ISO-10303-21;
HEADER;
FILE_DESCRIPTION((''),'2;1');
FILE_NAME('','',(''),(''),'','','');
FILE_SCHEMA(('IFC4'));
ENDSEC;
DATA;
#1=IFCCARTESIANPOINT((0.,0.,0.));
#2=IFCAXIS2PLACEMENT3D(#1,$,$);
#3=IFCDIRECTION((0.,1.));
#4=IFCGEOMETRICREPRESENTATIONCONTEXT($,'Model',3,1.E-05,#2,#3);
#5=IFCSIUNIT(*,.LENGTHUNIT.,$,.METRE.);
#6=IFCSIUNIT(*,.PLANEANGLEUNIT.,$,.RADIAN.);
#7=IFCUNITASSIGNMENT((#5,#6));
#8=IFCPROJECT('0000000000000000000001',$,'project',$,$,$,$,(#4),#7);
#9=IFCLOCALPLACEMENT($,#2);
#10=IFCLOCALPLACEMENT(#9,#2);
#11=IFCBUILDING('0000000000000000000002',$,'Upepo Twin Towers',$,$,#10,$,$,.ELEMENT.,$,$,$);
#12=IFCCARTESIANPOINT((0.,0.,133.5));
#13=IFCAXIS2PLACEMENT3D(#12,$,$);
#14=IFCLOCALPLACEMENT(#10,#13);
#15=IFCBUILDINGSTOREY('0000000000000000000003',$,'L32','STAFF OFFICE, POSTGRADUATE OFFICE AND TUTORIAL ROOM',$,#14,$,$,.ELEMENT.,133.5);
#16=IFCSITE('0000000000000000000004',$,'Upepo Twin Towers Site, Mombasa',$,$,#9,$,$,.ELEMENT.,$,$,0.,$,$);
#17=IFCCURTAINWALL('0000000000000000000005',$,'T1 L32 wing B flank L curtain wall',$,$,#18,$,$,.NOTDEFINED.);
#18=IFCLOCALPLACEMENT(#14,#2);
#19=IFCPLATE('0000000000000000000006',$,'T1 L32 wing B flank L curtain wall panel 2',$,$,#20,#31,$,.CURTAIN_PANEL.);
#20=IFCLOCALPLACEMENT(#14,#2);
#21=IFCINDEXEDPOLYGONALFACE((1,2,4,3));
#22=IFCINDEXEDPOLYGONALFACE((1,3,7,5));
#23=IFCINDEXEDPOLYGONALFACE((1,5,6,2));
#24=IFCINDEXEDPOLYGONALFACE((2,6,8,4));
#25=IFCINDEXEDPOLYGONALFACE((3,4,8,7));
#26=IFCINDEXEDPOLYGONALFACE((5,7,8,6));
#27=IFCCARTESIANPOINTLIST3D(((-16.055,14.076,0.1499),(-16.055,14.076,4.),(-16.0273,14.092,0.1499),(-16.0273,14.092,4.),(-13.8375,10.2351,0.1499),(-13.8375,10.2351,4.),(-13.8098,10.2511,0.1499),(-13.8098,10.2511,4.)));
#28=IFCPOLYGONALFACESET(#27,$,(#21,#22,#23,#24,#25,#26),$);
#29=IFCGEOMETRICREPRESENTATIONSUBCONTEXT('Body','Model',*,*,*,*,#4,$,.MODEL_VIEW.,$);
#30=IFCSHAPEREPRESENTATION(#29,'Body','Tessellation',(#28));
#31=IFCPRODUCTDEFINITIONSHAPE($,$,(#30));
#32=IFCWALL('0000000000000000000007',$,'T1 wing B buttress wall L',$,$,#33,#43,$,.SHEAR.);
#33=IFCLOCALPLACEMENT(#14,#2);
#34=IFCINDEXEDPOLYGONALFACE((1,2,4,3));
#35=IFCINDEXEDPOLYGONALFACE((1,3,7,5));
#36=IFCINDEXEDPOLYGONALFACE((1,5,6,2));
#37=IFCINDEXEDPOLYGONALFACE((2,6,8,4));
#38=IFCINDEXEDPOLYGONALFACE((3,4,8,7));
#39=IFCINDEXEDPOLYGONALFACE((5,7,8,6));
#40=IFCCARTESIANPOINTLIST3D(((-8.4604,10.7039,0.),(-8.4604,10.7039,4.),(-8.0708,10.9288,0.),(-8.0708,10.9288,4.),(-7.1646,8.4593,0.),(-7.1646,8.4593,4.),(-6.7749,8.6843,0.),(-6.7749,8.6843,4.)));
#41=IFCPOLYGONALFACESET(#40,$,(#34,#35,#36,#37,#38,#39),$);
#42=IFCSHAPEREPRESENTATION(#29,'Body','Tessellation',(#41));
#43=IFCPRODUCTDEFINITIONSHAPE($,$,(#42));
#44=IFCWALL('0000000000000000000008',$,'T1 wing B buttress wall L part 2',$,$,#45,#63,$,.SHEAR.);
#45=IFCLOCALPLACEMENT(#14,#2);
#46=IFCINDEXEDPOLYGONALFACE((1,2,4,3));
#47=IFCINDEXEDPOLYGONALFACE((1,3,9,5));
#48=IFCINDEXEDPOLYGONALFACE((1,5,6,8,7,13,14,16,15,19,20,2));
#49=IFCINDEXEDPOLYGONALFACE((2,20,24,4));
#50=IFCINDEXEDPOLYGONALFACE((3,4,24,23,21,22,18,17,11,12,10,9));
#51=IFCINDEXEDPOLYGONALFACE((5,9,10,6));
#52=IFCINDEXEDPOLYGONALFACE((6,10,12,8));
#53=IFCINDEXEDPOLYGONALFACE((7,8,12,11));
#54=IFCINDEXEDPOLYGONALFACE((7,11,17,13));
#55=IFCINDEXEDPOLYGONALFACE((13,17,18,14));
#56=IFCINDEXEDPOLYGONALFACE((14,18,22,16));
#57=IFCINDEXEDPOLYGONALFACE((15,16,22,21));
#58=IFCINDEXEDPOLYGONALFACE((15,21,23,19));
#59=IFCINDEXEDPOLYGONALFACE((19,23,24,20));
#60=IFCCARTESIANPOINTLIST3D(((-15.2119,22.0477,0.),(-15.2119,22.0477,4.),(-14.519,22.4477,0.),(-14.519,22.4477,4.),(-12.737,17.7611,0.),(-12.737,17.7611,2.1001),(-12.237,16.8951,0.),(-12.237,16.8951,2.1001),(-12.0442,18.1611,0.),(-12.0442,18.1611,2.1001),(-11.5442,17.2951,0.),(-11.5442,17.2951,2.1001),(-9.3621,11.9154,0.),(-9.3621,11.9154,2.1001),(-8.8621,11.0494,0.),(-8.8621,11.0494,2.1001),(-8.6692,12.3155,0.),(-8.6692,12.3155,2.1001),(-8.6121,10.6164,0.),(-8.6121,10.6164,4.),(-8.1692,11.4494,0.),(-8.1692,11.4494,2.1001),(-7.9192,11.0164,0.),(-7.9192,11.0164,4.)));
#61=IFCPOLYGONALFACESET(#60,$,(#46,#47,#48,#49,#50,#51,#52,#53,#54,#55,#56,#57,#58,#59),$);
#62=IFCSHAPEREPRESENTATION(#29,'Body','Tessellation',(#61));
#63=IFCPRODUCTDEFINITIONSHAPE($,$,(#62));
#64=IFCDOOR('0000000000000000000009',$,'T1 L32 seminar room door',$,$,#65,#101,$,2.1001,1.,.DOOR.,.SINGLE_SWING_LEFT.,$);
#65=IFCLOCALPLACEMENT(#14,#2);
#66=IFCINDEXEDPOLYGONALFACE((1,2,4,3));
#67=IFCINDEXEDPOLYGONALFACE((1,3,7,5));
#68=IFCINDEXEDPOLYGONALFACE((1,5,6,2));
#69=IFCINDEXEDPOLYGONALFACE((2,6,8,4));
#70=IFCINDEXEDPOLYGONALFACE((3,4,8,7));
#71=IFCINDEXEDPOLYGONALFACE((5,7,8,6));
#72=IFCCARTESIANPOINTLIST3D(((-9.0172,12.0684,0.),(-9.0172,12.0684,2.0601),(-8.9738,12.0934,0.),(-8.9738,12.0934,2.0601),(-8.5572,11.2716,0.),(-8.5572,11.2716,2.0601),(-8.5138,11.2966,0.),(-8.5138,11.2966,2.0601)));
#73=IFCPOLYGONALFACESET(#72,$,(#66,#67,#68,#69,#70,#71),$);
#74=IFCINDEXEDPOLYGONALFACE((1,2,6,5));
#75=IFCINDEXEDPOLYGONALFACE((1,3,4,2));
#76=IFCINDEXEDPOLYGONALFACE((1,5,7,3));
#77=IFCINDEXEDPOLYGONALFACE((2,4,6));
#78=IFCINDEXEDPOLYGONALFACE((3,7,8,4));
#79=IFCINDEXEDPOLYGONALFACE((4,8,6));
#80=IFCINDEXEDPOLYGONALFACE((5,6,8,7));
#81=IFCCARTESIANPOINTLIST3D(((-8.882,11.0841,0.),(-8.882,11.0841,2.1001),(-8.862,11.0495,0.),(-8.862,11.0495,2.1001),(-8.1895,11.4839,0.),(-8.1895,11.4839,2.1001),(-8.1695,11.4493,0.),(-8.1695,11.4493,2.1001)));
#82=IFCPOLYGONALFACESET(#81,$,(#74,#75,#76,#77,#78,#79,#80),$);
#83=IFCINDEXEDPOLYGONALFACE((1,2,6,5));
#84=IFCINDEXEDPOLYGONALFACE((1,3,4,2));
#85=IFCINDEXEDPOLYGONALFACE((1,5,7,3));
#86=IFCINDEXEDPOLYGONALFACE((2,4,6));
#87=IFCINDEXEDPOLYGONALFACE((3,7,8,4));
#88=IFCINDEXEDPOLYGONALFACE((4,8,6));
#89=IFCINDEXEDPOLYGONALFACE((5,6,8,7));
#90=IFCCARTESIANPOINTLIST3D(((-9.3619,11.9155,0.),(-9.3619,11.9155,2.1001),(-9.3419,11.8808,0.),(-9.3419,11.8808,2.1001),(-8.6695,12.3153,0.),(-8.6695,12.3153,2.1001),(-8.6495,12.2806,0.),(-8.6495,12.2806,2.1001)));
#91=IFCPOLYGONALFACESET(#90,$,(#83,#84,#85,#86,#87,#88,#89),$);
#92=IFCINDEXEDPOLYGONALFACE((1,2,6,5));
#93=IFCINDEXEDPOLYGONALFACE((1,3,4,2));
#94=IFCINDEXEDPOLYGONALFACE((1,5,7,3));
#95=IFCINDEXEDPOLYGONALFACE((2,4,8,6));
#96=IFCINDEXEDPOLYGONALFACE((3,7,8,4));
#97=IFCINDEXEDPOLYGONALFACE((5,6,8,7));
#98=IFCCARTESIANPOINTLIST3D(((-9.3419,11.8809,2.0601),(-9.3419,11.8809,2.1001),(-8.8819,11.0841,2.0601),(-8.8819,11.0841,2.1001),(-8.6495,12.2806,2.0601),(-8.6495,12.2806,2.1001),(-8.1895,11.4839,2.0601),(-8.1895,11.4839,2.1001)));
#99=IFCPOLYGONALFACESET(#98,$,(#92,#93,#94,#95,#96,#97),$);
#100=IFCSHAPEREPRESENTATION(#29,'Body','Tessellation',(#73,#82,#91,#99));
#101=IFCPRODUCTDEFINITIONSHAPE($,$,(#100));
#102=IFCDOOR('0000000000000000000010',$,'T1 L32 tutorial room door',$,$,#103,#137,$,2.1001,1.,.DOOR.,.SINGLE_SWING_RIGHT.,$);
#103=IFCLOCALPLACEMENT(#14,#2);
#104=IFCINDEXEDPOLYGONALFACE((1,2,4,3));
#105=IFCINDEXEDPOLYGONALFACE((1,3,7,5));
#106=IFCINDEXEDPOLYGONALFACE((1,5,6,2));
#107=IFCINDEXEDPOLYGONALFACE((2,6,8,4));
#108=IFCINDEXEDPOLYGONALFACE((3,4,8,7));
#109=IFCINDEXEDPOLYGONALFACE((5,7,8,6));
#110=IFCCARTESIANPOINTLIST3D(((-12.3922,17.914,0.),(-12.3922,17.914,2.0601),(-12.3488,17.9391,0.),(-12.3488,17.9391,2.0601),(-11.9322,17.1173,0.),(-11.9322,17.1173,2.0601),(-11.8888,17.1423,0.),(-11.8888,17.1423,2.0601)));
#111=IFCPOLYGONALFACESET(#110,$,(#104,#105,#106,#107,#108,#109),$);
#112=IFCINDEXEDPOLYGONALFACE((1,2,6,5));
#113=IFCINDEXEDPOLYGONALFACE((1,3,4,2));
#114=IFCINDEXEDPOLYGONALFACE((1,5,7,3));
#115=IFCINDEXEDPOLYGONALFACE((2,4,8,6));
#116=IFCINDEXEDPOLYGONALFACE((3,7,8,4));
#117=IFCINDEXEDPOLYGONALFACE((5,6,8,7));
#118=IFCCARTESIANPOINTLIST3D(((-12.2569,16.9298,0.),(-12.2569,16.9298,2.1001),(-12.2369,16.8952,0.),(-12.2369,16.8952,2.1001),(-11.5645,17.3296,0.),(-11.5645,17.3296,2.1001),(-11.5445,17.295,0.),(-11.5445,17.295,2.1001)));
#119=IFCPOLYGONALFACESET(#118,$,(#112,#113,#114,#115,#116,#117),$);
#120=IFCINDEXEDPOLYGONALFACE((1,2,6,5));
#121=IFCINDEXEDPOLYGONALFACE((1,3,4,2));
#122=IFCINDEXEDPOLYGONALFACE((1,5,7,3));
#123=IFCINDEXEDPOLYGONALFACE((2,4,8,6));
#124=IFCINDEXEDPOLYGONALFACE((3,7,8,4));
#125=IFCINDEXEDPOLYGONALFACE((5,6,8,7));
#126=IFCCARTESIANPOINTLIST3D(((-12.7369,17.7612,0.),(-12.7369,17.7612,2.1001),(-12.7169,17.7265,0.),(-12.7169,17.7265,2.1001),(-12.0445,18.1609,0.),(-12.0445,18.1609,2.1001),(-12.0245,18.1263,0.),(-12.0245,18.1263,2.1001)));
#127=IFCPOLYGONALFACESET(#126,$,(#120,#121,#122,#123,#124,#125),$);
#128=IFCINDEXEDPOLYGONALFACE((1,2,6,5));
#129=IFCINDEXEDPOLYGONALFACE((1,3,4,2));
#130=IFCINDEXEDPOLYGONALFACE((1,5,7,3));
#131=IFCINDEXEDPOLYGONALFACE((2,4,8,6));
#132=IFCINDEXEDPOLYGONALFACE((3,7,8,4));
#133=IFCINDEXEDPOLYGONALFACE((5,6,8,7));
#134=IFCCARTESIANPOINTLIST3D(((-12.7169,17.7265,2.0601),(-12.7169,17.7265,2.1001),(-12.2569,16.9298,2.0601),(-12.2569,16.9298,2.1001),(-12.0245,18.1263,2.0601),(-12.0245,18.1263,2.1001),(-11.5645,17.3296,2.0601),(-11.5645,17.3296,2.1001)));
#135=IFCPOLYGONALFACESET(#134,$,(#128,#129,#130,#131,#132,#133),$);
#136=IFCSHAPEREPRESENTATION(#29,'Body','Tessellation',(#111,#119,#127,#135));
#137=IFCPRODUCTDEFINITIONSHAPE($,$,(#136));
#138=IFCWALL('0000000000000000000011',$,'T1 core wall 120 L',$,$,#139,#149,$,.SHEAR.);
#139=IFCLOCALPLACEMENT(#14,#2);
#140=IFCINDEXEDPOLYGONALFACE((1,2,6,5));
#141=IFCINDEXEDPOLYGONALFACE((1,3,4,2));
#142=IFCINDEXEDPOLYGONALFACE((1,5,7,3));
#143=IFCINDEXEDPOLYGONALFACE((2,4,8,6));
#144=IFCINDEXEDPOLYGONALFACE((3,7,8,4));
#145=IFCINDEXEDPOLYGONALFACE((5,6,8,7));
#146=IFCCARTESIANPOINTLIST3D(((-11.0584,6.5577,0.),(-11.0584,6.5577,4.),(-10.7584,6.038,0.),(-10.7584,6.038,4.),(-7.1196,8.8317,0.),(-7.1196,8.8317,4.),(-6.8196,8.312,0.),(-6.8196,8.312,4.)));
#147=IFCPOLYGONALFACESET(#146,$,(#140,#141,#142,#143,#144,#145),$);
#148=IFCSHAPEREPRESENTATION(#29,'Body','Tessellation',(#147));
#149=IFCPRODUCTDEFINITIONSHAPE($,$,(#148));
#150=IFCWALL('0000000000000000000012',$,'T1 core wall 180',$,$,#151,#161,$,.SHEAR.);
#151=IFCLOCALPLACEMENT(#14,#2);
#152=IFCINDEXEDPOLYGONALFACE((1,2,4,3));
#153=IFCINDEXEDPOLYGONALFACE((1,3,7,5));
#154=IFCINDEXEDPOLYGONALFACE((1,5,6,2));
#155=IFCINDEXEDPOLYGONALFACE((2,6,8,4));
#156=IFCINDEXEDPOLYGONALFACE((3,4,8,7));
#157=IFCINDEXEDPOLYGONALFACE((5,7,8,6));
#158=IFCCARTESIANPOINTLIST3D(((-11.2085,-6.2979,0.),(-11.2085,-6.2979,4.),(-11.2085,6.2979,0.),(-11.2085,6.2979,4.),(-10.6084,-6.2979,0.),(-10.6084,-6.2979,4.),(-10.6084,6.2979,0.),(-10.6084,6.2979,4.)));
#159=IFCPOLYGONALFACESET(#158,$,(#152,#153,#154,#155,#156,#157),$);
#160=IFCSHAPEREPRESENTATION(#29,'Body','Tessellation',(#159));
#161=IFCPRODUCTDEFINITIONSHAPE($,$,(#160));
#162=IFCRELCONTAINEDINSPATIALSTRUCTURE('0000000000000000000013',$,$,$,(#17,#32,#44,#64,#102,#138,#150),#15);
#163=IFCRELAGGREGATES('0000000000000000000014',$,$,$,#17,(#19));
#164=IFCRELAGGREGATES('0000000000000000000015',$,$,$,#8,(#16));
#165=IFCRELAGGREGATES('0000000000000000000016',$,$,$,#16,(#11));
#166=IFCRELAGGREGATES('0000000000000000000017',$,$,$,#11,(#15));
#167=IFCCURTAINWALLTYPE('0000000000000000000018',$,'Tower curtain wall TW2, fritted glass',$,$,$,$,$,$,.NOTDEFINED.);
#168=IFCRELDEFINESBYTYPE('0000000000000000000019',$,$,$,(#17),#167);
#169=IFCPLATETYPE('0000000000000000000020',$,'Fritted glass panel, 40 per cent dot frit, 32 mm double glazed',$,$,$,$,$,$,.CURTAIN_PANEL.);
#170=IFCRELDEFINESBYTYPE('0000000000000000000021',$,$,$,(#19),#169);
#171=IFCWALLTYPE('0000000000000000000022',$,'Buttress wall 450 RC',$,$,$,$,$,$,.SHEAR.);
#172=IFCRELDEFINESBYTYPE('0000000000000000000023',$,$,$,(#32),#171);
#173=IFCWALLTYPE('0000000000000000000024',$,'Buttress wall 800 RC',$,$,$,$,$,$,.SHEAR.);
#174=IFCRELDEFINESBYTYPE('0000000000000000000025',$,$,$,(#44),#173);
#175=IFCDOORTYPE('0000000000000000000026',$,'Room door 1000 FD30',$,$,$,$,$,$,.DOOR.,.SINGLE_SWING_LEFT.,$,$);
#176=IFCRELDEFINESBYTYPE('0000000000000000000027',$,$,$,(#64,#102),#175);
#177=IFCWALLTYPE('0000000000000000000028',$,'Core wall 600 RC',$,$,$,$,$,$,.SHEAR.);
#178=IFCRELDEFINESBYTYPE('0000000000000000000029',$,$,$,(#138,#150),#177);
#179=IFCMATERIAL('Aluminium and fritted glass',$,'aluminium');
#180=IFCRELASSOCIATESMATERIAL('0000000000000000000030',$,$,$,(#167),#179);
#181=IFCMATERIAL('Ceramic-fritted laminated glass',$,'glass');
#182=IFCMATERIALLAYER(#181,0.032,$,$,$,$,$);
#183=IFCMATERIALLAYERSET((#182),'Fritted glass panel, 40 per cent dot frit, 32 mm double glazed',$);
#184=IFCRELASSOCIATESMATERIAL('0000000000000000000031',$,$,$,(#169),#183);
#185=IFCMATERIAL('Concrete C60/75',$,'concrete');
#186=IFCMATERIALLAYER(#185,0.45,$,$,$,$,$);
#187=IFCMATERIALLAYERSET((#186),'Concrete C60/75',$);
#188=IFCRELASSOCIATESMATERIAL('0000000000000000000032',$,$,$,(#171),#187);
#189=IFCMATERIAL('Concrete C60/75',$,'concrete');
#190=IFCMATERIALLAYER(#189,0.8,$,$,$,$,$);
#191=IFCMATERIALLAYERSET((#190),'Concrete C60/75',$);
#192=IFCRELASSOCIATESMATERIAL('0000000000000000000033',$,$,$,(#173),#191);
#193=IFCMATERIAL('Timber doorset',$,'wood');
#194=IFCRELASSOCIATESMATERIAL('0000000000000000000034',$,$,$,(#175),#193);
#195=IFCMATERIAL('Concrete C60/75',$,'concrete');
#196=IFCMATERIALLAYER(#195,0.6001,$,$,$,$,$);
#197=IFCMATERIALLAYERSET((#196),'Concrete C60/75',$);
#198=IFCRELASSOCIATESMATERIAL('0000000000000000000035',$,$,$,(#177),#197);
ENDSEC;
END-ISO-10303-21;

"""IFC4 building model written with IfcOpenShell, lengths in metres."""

from ifc_helpers import new_model, si_unit, direction, frame, frame_2d, origin, origin_2d, place, context, subcontext, project, spatial, rectangle, extrude, material, layer, layer_set, type_object, element, fill, aggregate, save


model = new_model("IFC4")

# Units and contexts
model_context = context("Model", 3, precision=1e-05, world=origin(), true_north=direction((0.0, 1.0)))
body_context = subcontext(model_context, "Body", "Model", "MODEL_VIEW")
ifc_project = project(units=[si_unit("LENGTHUNIT", "METRE"), si_unit("PLANEANGLEUNIT", "RADIAN")], contexts=[model_context])

# Site, building, storey
site_placement = place(None, origin())
site = spatial("IfcSite", under=ifc_project, at=site_placement, Name="Upepo Twin Towers Site, Mombasa", CompositionType="ELEMENT", RefElevation=0.0)
building_placement = place(site_placement, origin())
building = spatial("IfcBuilding", under=site, at=building_placement, Name="Upepo Twin Towers", CompositionType="ELEMENT")
storey_placement = place(building_placement, frame((0.0, 0.0, 133.5)))
storey = spatial("IfcBuildingStorey", under=building, at=storey_placement, Name="L32", Description="STAFF OFFICE, POSTGRADUATE OFFICE AND TUTORIAL ROOM", CompositionType="ELEMENT", Elevation=133.5)

# Curtain wall, plate
ifc_material_1 = material(Name="Aluminium and fritted glass", Category="aluminium")
curtain_wall_type = type_object("IfcCurtainWallType", Name="Tower curtain wall TW2, fritted glass", PredefinedType="NOTDEFINED", material=ifc_material_1)
curtain_wall_placement = place(storey_placement, origin())
curtain_wall = element("IfcCurtainWall", 1, at=curtain_wall_placement, inside=storey, type_object=curtain_wall_type, Name="T1 L32 wing B flank L curtain wall", PredefinedType="NOTDEFINED")
ifc_material_2 = material(Name="Ceramic-fritted laminated glass", Category="glass")
ifc_layer_1 = layer(ifc_material_2, 0.032)
ifc_layer_set_1 = layer_set([ifc_layer_1], Name="Fritted glass panel, 40 per cent dot frit, 32 mm double glazed")
plate_type = type_object("IfcPlateType", Name="Fritted glass panel, 40 per cent dot frit, 32 mm double glazed", PredefinedType="CURTAIN_PANEL", material=ifc_layer_set_1)
plate_1_placement = place(storey_placement, frame((-14.9324, 12.1636, 0.1499), z_axis=(0.0, 0.0, 1.0), x_axis=(-0.5, 0.866025, 0.0)))
plate_1 = element("IfcPlate", 2, at=plate_1_placement, type_object=plate_type, Name="T1 L32 wing B flank L curtain wall panel 2", PredefinedType="CURTAIN_PANEL", context=body_context, shape_type="SweptSolid", body=[
    extrude(rectangle(XDim=4.4351, YDim=0.032, at=origin_2d()), origin(), (0.0, 0.0, 1.0), 3.8501),
])
aggregate(curtain_wall, [plate_1])

# Wall
ifc_material_3 = material(Name="Concrete C60/75", Category="concrete")
ifc_layer_2 = layer(ifc_material_3, 0.45)
ifc_layer_set_2 = layer_set([ifc_layer_2], Name="Concrete C60/75")
wall_type_1 = type_object("IfcWallType", Name="Buttress wall 450 RC", PredefinedType="SHEAR", material=ifc_layer_set_2)
wall_1_placement = place(storey_placement, frame((-6.9697, 8.5718, 0.0), z_axis=(0.0, 0.0, 1.0), x_axis=(-0.499989, 0.866032, 0.0)))
element("IfcWall", 3, at=wall_1_placement, inside=storey, type_object=wall_type_1, Name="T1 wing B buttress wall L", PredefinedType="SHEAR", context=body_context, shape_type="SweptSolid", body=[
    extrude(rectangle(XDim=2.5918, YDim=0.45, at=frame_2d((1.2959, 0.0))), origin(), (0.0, 0.0, 1.0), 4.0),
])

# Wall, openings, doors
ifc_material_4 = material(Name="Concrete C60/75", Category="concrete")
ifc_layer_3 = layer(ifc_material_4, 0.8)
ifc_layer_set_3 = layer_set([ifc_layer_3], Name="Concrete C60/75")
wall_type_2 = type_object("IfcWallType", Name="Buttress wall 800 RC", PredefinedType="SHEAR", material=ifc_layer_set_3)
wall_2_placement = place(storey_placement, frame((-8.2656, 10.8164, 0.0), z_axis=(0.0, 0.0, 1.0), x_axis=(-0.499996, 0.866028, 0.0)))
wall_2 = element("IfcWall", 4, at=wall_2_placement, inside=storey, type_object=wall_type_2, Name="T1 wing B buttress wall L part 2", PredefinedType="SHEAR", context=body_context, shape_type="SweptSolid", body=[
    extrude(rectangle(XDim=13.1997, YDim=0.8, at=frame_2d((6.5999, 0.0))), origin(), (0.0, 0.0, 1.0), 4.0),
])
opening_1_placement = place(wall_2_placement, frame((0.5, 0.0, 0.0)))
opening_1 = element("IfcOpeningElement", 5, at=opening_1_placement, cuts=wall_2, PredefinedType="OPENING", context=body_context, shape_type="SweptSolid", body=[
    extrude(rectangle(XDim=1.0, YDim=2.1001, at=frame_2d((0.5, 1.05))), frame((0.0, 0.4099, 0.0), z_axis=(0.0, -1.0, 0.0), x_axis=(1.0, 0.0, 0.0)), (0.0, 0.0, 1.0), 0.8201),
])
opening_2_placement = place(wall_2_placement, frame((7.25, 0.0, 0.0)))
opening_2 = element("IfcOpeningElement", 6, at=opening_2_placement, cuts=wall_2, PredefinedType="OPENING", context=body_context, shape_type="SweptSolid", body=[
    extrude(rectangle(XDim=1.0, YDim=2.1001, at=frame_2d((0.5, 1.05))), frame((0.0, 0.4099, 0.0), z_axis=(0.0, -1.0, 0.0), x_axis=(1.0, 0.0, 0.0)), (0.0, 0.0, 1.0), 0.8201),
])
ifc_material_5 = material(Name="Timber doorset", Category="wood")
door_type_1 = type_object("IfcDoorType", Name="Room door 1000 FD30", OperationType="SINGLE_SWING_LEFT", PredefinedType="DOOR", material=ifc_material_5)
door_1_placement = place(opening_1_placement, origin())
door_1 = element("IfcDoor", 7, at=door_1_placement, inside=storey, type_object=door_type_1, Name="T1 L32 seminar room door", OperationType="SINGLE_SWING_LEFT", OverallHeight=2.1001, OverallWidth=1.0, PredefinedType="DOOR", context=body_context, shape_type="SweptSolid", body=[
    extrude(rectangle(XDim=0.92, YDim=2.0601, at=frame_2d((0.5, 1.03))), frame((0.0, 0.0249, 0.0), z_axis=(0.0, -1.0, 0.0), x_axis=(1.0, 0.0, 0.0)), (0.0, 0.0, 1.0), 0.05),
    extrude(rectangle(XDim=0.04, YDim=2.1001, at=frame_2d((0.02, 1.05))), frame((0.0, 0.3999, 0.0), z_axis=(0.0, -1.0, 0.0), x_axis=(1.0, 0.0, 0.0)), (0.0, 0.0, 1.0), 0.7996),
    extrude(rectangle(XDim=0.04, YDim=2.1001, at=frame_2d((0.98, 1.05))), frame((0.0, 0.3999, 0.0), z_axis=(0.0, -1.0, 0.0), x_axis=(1.0, 0.0, 0.0)), (0.0, 0.0, 1.0), 0.7996),
    extrude(rectangle(XDim=0.92, YDim=0.04, at=frame_2d((0.5, 2.0801))), frame((0.0, 0.3999, 0.0), z_axis=(0.0, -1.0, 0.0), x_axis=(1.0, 0.0, 0.0)), (0.0, 0.0, 1.0), 0.7996),
])
fill(opening_1, door_1)
door_2_placement = place(opening_2_placement, origin())
door_2 = element("IfcDoor", 8, at=door_2_placement, inside=storey, type_object=door_type_1, Name="T1 L32 tutorial room door", OperationType="SINGLE_SWING_RIGHT", OverallHeight=2.1001, OverallWidth=1.0, PredefinedType="DOOR", context=body_context, shape_type="SweptSolid", body=[
    extrude(rectangle(XDim=0.92, YDim=2.0601, at=frame_2d((0.5, 1.03))), frame((0.0, 0.0249, 0.0), z_axis=(0.0, -1.0, 0.0), x_axis=(1.0, 0.0, 0.0)), (0.0, 0.0, 1.0), 0.05),
    extrude(rectangle(XDim=0.04, YDim=2.1001, at=frame_2d((0.02, 1.05))), frame((0.0, 0.3999, 0.0), z_axis=(0.0, -1.0, 0.0), x_axis=(1.0, 0.0, 0.0)), (0.0, 0.0, 1.0), 0.7996),
    extrude(rectangle(XDim=0.04, YDim=2.1001, at=frame_2d((0.98, 1.05))), frame((0.0, 0.3999, 0.0), z_axis=(0.0, -1.0, 0.0), x_axis=(1.0, 0.0, 0.0)), (0.0, 0.0, 1.0), 0.7996),
    extrude(rectangle(XDim=0.92, YDim=0.04, at=frame_2d((0.5, 2.0801))), frame((0.0, 0.3999, 0.0), z_axis=(0.0, -1.0, 0.0), x_axis=(1.0, 0.0, 0.0)), (0.0, 0.0, 1.0), 0.7996),
])
fill(opening_2, door_2)

# Walls
ifc_material_6 = material(Name="Concrete C60/75", Category="concrete")
ifc_layer_4 = layer(ifc_material_6, 0.6001)
ifc_layer_set_4 = layer_set([ifc_layer_4], Name="Concrete C60/75")
wall_type_3 = type_object("IfcWallType", Name="Core wall 600 RC", PredefinedType="SHEAR", material=ifc_layer_set_4)
wall_3_placement = place(storey_placement, frame((-6.9697, 8.5718, 0.0), z_axis=(0.0, 0.0, 1.0), x_axis=(-0.866035, -0.499984, 0.0)))
element("IfcWall", 9, at=wall_3_placement, inside=storey, type_object=wall_type_3, Name="T1 core wall 120 L", PredefinedType="SHEAR", context=body_context, shape_type="SweptSolid", body=[
    extrude(rectangle(XDim=4.5481, YDim=0.6001, at=frame_2d((2.2739, 0.0))), origin(), (0.0, 0.0, 1.0), 4.0),
])
wall_4_placement = place(storey_placement, frame((-10.9084, 6.2979, 0.0), z_axis=(0.0, 0.0, 1.0), x_axis=(0.0, -1.0, 0.0)))
element("IfcWall", 10, at=wall_4_placement, inside=storey, type_object=wall_type_3, Name="T1 core wall 180", PredefinedType="SHEAR", context=body_context, shape_type="SweptSolid", body=[
    extrude(rectangle(XDim=12.5957, YDim=0.6001, at=frame_2d((6.2979, 0.0))), origin(), (0.0, 0.0, 1.0), 4.0),
])

save(model, "model.ifc")
